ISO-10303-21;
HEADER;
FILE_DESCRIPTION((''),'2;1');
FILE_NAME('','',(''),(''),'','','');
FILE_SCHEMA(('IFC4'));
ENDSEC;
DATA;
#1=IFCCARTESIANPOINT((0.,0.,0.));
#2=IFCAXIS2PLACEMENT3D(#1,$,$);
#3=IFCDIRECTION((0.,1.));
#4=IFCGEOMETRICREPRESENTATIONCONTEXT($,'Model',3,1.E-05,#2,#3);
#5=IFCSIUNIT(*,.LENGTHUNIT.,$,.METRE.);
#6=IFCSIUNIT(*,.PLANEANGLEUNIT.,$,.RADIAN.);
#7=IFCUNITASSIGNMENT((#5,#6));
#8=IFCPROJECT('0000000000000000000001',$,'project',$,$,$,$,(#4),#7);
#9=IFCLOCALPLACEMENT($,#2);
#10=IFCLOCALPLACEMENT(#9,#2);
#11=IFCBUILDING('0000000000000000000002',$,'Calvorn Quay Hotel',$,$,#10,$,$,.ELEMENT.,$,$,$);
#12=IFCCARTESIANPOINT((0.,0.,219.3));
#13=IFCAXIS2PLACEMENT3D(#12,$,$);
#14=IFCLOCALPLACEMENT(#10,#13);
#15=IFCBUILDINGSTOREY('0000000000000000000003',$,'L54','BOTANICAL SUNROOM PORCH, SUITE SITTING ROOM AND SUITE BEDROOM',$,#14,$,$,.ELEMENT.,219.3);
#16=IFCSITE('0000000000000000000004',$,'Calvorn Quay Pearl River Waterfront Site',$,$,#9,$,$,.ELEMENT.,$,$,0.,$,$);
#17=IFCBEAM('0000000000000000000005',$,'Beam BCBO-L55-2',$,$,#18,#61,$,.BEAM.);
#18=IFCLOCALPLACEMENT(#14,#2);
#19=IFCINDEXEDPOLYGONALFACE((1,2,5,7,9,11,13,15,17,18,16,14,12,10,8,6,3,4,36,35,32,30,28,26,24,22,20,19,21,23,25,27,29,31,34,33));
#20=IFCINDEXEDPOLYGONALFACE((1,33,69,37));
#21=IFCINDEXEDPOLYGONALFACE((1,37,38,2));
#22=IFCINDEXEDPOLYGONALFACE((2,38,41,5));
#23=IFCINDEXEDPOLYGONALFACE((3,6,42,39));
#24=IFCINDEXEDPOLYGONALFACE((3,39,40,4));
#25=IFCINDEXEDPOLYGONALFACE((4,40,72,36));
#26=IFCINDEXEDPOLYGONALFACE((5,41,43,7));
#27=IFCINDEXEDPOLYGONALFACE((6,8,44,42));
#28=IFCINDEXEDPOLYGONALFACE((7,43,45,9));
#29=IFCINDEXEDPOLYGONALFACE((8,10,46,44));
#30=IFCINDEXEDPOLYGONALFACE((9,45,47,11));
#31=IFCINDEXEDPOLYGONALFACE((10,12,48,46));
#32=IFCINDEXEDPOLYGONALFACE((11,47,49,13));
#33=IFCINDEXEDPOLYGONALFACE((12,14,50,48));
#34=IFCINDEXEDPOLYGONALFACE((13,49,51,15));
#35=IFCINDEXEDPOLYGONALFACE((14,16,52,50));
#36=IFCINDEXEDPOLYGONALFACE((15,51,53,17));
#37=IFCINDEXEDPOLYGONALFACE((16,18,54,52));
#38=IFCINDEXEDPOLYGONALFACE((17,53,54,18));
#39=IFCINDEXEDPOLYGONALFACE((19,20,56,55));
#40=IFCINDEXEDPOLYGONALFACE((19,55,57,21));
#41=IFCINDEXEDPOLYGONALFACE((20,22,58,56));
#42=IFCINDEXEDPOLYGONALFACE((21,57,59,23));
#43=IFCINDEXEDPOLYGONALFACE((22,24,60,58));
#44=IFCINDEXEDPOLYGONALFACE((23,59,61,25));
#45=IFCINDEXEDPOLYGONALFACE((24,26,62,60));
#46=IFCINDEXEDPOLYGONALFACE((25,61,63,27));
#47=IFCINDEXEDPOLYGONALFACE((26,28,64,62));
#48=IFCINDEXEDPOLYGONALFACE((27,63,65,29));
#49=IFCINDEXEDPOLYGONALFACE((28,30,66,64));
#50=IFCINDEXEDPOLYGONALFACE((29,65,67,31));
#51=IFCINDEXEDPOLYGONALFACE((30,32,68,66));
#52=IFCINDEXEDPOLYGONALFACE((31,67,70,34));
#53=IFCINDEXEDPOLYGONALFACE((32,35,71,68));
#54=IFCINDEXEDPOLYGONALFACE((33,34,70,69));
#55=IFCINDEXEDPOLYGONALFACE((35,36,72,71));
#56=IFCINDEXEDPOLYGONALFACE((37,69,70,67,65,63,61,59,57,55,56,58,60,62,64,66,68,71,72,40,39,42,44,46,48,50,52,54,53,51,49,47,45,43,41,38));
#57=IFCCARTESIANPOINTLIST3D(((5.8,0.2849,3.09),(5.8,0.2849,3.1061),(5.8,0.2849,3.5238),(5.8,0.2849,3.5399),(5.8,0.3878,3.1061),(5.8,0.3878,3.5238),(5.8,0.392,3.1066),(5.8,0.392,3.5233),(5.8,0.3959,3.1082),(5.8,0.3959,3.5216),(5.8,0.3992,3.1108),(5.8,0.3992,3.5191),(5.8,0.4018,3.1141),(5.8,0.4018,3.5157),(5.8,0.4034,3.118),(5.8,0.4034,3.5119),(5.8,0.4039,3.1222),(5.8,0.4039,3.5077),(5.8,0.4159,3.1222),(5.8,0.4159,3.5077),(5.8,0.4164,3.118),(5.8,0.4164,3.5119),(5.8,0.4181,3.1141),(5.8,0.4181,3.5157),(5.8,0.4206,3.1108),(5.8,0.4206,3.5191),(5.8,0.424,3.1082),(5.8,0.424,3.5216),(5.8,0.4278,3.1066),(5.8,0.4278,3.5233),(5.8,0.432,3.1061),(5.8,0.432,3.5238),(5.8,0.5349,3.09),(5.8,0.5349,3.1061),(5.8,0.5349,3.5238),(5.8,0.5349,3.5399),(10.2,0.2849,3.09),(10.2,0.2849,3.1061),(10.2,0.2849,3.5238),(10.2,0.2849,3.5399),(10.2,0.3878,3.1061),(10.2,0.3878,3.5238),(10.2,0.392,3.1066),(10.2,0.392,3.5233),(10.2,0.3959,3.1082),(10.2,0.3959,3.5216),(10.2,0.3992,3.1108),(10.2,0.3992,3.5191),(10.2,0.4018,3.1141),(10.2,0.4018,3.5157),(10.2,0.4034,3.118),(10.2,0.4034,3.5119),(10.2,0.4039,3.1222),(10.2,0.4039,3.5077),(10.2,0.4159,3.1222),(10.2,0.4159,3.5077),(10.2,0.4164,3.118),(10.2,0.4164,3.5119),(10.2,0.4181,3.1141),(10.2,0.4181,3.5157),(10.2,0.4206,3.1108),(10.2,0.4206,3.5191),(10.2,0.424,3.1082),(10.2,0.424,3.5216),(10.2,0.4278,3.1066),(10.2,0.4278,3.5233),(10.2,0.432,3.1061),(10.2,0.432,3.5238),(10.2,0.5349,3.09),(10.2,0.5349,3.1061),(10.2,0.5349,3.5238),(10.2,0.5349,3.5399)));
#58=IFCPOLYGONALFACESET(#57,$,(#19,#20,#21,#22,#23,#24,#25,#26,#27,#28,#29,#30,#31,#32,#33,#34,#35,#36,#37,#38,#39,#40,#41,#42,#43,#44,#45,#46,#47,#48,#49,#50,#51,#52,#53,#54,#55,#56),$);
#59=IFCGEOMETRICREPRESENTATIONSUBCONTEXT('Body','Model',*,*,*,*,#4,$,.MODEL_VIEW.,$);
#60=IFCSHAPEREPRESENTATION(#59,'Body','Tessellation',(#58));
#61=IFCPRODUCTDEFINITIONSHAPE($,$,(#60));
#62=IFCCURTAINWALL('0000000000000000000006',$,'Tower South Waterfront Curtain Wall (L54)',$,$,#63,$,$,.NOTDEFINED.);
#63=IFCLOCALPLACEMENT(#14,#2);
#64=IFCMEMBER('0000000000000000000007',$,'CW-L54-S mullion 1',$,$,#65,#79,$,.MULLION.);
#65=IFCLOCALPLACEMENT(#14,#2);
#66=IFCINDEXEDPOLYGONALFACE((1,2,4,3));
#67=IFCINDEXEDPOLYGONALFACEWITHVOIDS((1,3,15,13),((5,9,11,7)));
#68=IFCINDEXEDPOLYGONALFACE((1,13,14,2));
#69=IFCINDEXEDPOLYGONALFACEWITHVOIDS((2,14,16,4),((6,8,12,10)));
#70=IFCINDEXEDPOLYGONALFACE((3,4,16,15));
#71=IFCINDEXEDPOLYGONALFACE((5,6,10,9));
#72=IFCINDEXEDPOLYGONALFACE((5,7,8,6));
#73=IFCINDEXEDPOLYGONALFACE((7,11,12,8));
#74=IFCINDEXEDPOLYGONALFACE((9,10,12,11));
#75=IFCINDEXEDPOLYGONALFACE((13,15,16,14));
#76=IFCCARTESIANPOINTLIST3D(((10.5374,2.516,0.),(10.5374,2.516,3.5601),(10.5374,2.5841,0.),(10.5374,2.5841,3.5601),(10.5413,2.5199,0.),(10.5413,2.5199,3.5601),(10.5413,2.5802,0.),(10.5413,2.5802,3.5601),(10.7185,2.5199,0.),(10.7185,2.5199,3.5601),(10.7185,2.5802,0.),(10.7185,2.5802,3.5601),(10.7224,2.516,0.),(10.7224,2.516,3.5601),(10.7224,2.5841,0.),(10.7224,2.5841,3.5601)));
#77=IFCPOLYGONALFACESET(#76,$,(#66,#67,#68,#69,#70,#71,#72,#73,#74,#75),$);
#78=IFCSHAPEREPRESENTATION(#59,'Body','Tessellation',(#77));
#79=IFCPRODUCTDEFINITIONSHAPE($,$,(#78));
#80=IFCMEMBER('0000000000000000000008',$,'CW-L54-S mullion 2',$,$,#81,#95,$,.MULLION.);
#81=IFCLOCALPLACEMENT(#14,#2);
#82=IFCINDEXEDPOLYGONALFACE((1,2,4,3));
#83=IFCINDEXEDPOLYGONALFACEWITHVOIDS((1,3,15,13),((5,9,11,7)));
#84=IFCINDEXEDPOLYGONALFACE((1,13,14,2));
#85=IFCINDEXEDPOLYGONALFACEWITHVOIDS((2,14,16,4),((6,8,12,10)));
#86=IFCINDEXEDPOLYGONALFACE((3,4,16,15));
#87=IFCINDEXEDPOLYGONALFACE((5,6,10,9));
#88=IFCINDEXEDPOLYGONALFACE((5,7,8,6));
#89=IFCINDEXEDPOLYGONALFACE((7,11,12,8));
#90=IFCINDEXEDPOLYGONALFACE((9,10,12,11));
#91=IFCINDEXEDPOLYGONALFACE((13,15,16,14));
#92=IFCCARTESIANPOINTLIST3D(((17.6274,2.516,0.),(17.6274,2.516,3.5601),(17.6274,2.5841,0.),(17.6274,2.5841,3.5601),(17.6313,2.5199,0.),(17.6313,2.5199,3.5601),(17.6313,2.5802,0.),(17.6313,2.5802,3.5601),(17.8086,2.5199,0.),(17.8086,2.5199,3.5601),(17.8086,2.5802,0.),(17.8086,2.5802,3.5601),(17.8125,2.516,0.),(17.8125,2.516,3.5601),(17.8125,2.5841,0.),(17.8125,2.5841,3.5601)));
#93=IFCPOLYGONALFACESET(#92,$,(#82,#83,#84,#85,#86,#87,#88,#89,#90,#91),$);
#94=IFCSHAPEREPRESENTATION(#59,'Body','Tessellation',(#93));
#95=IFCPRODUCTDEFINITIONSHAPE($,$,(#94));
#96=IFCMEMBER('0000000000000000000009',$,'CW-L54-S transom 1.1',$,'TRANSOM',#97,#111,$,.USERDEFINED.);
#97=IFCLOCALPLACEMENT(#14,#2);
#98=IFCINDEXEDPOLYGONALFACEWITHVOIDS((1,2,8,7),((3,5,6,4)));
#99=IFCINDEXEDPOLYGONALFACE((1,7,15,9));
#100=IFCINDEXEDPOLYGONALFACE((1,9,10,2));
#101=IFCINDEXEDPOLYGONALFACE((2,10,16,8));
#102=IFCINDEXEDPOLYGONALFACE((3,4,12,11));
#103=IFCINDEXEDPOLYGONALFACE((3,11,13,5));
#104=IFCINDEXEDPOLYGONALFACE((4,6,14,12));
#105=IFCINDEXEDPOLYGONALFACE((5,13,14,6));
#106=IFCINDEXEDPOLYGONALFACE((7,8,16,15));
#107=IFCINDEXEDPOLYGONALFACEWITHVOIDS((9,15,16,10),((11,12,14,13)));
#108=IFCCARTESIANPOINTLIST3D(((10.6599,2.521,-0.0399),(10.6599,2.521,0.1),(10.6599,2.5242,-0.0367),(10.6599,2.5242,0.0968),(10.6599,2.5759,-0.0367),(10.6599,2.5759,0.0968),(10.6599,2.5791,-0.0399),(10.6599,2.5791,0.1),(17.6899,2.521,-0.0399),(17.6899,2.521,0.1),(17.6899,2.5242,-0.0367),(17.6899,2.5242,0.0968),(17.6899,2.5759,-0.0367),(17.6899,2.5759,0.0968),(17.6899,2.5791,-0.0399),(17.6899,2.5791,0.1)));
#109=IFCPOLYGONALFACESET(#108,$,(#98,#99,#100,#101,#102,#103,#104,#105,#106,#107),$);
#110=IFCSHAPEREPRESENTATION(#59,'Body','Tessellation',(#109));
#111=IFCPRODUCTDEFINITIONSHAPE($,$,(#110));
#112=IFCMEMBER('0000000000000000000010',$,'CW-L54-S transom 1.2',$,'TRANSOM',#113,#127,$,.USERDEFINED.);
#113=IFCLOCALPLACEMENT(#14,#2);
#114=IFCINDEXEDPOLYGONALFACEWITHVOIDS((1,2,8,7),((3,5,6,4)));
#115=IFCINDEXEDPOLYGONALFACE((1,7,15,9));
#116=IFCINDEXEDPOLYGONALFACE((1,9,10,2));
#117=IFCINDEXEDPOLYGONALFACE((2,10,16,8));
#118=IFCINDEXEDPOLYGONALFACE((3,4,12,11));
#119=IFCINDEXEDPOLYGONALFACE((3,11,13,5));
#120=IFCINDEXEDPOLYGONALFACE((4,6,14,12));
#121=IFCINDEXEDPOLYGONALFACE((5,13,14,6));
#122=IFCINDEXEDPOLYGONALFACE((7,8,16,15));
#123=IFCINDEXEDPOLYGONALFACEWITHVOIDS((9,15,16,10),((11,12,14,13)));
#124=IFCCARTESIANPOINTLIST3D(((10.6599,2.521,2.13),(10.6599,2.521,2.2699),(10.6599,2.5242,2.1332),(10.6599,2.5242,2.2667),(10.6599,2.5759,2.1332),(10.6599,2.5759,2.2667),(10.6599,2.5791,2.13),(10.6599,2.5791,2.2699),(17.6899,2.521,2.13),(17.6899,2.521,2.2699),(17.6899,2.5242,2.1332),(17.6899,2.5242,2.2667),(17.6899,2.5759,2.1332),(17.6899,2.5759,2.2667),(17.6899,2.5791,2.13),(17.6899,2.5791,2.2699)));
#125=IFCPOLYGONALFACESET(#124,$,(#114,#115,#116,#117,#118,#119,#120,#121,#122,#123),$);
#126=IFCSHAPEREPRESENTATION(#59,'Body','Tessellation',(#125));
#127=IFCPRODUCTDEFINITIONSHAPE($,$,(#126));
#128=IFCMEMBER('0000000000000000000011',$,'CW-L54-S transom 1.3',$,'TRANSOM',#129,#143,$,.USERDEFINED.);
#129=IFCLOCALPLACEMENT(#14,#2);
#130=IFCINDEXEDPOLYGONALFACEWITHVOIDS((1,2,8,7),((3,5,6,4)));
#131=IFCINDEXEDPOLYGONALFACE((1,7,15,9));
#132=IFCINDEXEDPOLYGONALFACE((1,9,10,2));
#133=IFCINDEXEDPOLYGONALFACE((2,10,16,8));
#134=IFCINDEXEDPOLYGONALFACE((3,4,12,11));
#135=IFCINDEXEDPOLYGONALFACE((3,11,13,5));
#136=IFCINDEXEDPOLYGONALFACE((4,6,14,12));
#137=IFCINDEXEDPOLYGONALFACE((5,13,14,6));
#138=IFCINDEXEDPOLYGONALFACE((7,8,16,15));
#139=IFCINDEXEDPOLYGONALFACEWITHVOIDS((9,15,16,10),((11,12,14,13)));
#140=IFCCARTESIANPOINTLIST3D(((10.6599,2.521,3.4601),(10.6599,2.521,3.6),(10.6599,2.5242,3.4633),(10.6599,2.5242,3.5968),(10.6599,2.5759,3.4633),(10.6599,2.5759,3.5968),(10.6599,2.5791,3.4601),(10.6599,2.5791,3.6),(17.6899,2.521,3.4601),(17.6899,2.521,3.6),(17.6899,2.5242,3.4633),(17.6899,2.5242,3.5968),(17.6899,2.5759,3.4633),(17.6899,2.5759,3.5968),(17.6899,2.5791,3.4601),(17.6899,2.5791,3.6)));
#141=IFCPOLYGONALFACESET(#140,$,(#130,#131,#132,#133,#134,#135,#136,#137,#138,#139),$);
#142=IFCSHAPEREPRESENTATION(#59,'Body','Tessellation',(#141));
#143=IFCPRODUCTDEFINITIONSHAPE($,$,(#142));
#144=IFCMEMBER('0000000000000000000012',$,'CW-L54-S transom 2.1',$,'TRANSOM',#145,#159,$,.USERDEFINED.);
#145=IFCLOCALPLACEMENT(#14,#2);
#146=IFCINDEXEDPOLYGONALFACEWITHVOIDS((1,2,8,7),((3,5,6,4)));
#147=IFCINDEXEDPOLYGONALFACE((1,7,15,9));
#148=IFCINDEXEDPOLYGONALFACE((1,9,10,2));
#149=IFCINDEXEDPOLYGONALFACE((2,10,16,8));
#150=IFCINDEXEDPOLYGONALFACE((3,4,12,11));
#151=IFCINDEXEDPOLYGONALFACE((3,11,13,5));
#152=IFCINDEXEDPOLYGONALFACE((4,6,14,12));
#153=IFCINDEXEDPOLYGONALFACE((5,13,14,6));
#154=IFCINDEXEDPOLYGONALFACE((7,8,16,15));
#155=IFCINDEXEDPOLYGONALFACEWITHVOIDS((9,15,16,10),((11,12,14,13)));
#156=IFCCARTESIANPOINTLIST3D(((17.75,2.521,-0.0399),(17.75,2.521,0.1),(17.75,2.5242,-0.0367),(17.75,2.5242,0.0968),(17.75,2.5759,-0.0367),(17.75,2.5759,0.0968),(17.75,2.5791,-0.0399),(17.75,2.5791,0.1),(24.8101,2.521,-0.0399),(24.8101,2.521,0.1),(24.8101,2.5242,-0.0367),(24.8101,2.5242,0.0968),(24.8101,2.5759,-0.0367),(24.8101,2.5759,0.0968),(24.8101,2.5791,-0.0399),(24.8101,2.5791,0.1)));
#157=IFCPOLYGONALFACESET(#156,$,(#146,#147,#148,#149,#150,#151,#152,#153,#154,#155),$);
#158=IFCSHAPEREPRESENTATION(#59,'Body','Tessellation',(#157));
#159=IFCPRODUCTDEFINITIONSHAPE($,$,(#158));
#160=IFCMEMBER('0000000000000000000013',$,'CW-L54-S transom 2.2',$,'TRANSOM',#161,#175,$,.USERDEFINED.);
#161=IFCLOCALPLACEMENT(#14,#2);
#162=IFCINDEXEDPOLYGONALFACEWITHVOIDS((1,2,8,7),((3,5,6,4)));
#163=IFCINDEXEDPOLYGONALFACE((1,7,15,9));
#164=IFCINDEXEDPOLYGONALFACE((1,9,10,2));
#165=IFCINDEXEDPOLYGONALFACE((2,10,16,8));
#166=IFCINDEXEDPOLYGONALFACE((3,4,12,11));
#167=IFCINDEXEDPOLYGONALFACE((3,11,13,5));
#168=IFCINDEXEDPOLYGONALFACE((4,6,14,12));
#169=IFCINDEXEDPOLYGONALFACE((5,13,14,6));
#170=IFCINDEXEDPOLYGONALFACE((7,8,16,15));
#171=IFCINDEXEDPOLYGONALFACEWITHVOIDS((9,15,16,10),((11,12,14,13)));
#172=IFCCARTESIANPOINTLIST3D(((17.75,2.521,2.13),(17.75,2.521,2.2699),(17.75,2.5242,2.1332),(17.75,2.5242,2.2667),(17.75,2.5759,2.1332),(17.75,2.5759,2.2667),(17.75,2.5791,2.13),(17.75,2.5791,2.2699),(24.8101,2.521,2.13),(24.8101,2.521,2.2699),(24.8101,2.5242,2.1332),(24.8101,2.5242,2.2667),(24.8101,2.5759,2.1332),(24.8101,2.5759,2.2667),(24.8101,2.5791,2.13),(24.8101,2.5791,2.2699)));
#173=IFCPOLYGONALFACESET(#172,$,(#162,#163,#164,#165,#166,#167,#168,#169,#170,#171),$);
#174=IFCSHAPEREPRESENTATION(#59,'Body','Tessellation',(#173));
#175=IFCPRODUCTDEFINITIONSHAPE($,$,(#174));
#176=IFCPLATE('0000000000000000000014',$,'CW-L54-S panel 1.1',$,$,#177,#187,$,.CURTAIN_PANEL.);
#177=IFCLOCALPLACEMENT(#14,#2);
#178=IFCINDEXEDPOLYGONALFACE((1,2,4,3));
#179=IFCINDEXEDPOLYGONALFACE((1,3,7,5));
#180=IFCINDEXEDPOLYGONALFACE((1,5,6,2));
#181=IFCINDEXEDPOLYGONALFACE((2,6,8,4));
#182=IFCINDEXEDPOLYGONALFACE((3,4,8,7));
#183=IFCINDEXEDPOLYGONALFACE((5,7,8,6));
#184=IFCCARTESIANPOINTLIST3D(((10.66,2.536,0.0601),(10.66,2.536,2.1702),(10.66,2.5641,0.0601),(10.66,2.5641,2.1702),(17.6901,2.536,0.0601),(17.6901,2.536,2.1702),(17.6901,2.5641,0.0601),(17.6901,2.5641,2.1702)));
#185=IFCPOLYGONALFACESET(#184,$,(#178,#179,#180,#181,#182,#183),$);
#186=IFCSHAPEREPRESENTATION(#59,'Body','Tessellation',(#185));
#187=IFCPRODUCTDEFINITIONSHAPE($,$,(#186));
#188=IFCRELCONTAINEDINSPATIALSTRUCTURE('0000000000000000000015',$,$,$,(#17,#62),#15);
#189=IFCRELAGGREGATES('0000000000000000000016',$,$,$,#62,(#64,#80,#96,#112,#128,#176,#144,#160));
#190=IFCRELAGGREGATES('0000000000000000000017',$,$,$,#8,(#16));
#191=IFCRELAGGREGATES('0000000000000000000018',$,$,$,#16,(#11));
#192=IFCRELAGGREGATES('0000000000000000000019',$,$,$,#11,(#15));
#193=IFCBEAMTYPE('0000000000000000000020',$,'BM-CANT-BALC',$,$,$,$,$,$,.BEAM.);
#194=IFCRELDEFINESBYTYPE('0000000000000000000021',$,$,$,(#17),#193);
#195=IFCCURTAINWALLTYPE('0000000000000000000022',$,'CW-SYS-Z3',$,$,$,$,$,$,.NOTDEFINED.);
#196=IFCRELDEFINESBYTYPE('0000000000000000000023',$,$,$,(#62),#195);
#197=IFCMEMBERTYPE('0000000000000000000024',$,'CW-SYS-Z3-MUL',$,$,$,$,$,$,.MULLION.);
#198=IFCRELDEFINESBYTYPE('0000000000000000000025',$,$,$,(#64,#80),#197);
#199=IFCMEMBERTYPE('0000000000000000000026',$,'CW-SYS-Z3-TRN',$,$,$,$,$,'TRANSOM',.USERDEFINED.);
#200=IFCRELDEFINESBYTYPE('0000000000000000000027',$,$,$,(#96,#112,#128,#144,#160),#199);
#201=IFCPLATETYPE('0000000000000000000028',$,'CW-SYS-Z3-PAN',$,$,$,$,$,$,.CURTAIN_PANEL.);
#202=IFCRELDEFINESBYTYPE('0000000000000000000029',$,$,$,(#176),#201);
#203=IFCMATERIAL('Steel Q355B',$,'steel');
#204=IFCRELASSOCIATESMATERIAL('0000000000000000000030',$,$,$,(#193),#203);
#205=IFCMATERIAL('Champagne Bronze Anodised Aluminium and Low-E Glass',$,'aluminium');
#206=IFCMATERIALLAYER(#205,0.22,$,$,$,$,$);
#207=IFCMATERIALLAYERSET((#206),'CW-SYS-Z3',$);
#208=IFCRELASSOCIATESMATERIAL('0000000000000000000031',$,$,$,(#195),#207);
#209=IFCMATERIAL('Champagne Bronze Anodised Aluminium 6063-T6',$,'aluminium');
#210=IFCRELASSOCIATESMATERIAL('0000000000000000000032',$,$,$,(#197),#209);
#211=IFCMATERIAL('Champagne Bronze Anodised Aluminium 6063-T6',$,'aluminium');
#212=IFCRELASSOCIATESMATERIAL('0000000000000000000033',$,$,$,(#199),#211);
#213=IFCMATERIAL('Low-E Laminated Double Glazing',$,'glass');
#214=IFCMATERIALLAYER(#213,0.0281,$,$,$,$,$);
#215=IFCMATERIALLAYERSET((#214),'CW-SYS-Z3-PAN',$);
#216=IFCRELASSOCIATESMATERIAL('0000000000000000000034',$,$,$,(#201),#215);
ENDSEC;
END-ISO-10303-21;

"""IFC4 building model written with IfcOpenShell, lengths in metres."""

from ifc_helpers import new_model, si_unit, direction, frame, origin, origin_2d, place, context, subcontext, project, spatial, rectangle, hollow_rectangle, i_section, extrude, material, layer, layer_set, material_profile, profile_set, type_object, element, aggregate, save


model = new_model("IFC4")

# Units and contexts
model_context = context("Model", 3, precision=1e-05, world=origin(), true_north=direction((0.0, 1.0)))
body_context = subcontext(model_context, "Body", "Model", "MODEL_VIEW")
ifc_project = project(units=[si_unit("LENGTHUNIT", "METRE"), si_unit("PLANEANGLEUNIT", "RADIAN")], contexts=[model_context])

# Site, building, storey
site_placement = place(None, origin())
site = spatial("IfcSite", under=ifc_project, at=site_placement, Name="Calvorn Quay Pearl River Waterfront Site", CompositionType="ELEMENT", RefElevation=0.0)
building_placement = place(site_placement, origin())
building = spatial("IfcBuilding", under=site, at=building_placement, Name="Calvorn Quay Hotel", CompositionType="ELEMENT")
storey_placement = place(building_placement, frame((0.0, 0.0, 219.3)))
storey = spatial("IfcBuildingStorey", under=building, at=storey_placement, Name="L54", Description="BOTANICAL SUNROOM PORCH, SUITE SITTING ROOM AND SUITE BEDROOM", CompositionType="ELEMENT", Elevation=219.3)

# Beam
ifc_material_1 = material(Name="Steel Q355B", Category="steel")
ifc_material_profile_1 = material_profile(ifc_material_1, i_section(OverallWidth=0.25, OverallDepth=0.45, WebThickness=0.012, FlangeThickness=0.0161, FilletRadius=0.0161, at=origin_2d()), Name="HN450x250x12x16")
ifc_profile_set_1 = profile_set([ifc_material_profile_1], Name="Steel Q355B")
beam_type = type_object("IfcBeamType", Name="BM-CANT-BALC", PredefinedType="BEAM", material=ifc_profile_set_1)
beam_placement = place(storey_placement, frame((5.8, 0.4099, 3.3149), z_axis=(1.0, 0.0, 0.0), x_axis=(0.0, 1.0, 0.0)))
element("IfcBeam", 1, at=beam_placement, inside=storey, type_object=beam_type, Name="Beam BCBO-L55-2", PredefinedType="BEAM", context=body_context, shape_type="SweptSolid", body=[
    extrude(i_section(OverallWidth=0.25, OverallDepth=0.45, WebThickness=0.012, FlangeThickness=0.0161, FilletRadius=0.0161, at=origin_2d()), origin(), (0.0, 0.0, 1.0), 4.3999),
])

# Curtain wall, members, plate
ifc_material_2 = material(Name="Champagne Bronze Anodised Aluminium and Low-E Glass", Category="aluminium")
ifc_layer_1 = layer(ifc_material_2, 0.22)
ifc_layer_set_1 = layer_set([ifc_layer_1], Name="CW-SYS-Z3")
curtain_wall_type = type_object("IfcCurtainWallType", Name="CW-SYS-Z3", PredefinedType="NOTDEFINED", material=ifc_layer_set_1)
curtain_wall_placement = place(storey_placement, origin())
curtain_wall = element("IfcCurtainWall", 2, at=curtain_wall_placement, inside=storey, type_object=curtain_wall_type, Name="Tower South Waterfront Curtain Wall (L54)", PredefinedType="NOTDEFINED")
ifc_material_3 = material(Name="Champagne Bronze Anodised Aluminium 6063-T6", Category="aluminium")
ifc_material_profile_2 = material_profile(ifc_material_3, hollow_rectangle(XDim=0.0681, YDim=0.1851, WallThickness=0.0039, at=origin_2d()), Name="ALU-M185x68x4")
ifc_profile_set_2 = profile_set([ifc_material_profile_2], Name="Champagne Bronze Anodised Aluminium 6063-T6")
member_type_1 = type_object("IfcMemberType", Name="CW-SYS-Z3-MUL", PredefinedType="MULLION", material=ifc_profile_set_2)
member_1_placement = place(storey_placement, frame((10.6299, 2.55, 0.0), z_axis=(0.0, 0.0, 1.0), x_axis=(0.0, 1.0, 0.0)))
member_1 = element("IfcMember", 3, at=member_1_placement, type_object=member_type_1, Name="CW-L54-S mullion 1", PredefinedType="MULLION", context=body_context, shape_type="SweptSolid", body=[
    extrude(hollow_rectangle(XDim=0.0681, YDim=0.1851, WallThickness=0.0039, at=origin_2d()), origin(), (0.0, 0.0, 1.0), 3.5601),
])
member_2_placement = place(storey_placement, frame((17.72, 2.55, 0.0), z_axis=(0.0, 0.0, 1.0), x_axis=(0.0, 1.0, 0.0)))
member_2 = element("IfcMember", 4, at=member_2_placement, type_object=member_type_1, Name="CW-L54-S mullion 2", PredefinedType="MULLION", context=body_context, shape_type="SweptSolid", body=[
    extrude(hollow_rectangle(XDim=0.0681, YDim=0.1851, WallThickness=0.0039, at=origin_2d()), origin(), (0.0, 0.0, 1.0), 3.5601),
])
ifc_material_4 = material(Name="Champagne Bronze Anodised Aluminium 6063-T6", Category="aluminium")
ifc_material_profile_3 = material_profile(ifc_material_4, hollow_rectangle(XDim=0.0581, YDim=0.1399, WallThickness=0.0032, at=origin_2d()), Name="ALU-T140x58x3.2")
ifc_profile_set_3 = profile_set([ifc_material_profile_3], Name="Champagne Bronze Anodised Aluminium 6063-T6")
member_type_2 = type_object("IfcMemberType", Name="CW-SYS-Z3-TRN", ElementType="TRANSOM", PredefinedType="USERDEFINED", material=ifc_profile_set_3)
member_3_placement = place(storey_placement, frame((10.6599, 2.55, 0.03), z_axis=(1.0, 0.0, 0.0), x_axis=(0.0, 1.0, 0.0)))
member_3 = element("IfcMember", 5, at=member_3_placement, type_object=member_type_2, Name="CW-L54-S transom 1.1", ObjectType="TRANSOM", PredefinedType="USERDEFINED", context=body_context, shape_type="SweptSolid", body=[
    extrude(hollow_rectangle(XDim=0.0581, YDim=0.1399, WallThickness=0.0032, at=origin_2d()), origin(), (0.0, 0.0, 1.0), 7.03),
])
member_4_placement = place(storey_placement, frame((10.6599, 2.55, 2.2), z_axis=(1.0, 0.0, 0.0), x_axis=(0.0, 1.0, 0.0)))
member_4 = element("IfcMember", 6, at=member_4_placement, type_object=member_type_2, Name="CW-L54-S transom 1.2", ObjectType="TRANSOM", PredefinedType="USERDEFINED", context=body_context, shape_type="SweptSolid", body=[
    extrude(hollow_rectangle(XDim=0.0581, YDim=0.1399, WallThickness=0.0032, at=origin_2d()), origin(), (0.0, 0.0, 1.0), 7.03),
])
member_5_placement = place(storey_placement, frame((10.6599, 2.55, 3.53), z_axis=(1.0, 0.0, 0.0), x_axis=(0.0, 1.0, 0.0)))
member_5 = element("IfcMember", 7, at=member_5_placement, type_object=member_type_2, Name="CW-L54-S transom 1.3", ObjectType="TRANSOM", PredefinedType="USERDEFINED", context=body_context, shape_type="SweptSolid", body=[
    extrude(hollow_rectangle(XDim=0.0581, YDim=0.1399, WallThickness=0.0032, at=origin_2d()), origin(), (0.0, 0.0, 1.0), 7.03),
])
member_6_placement = place(storey_placement, frame((17.75, 2.55, 0.03), z_axis=(1.0, 0.0, 0.0), x_axis=(0.0, 1.0, 0.0)))
member_6 = element("IfcMember", 8, at=member_6_placement, type_object=member_type_2, Name="CW-L54-S transom 2.1", ObjectType="TRANSOM", PredefinedType="USERDEFINED", context=body_context, shape_type="SweptSolid", body=[
    extrude(hollow_rectangle(XDim=0.0581, YDim=0.1399, WallThickness=0.0032, at=origin_2d()), origin(), (0.0, 0.0, 1.0), 7.0601),
])
member_7_placement = place(storey_placement, frame((17.75, 2.55, 2.2), z_axis=(1.0, 0.0, 0.0), x_axis=(0.0, 1.0, 0.0)))
member_7 = element("IfcMember", 9, at=member_7_placement, type_object=member_type_2, Name="CW-L54-S transom 2.2", ObjectType="TRANSOM", PredefinedType="USERDEFINED", context=body_context, shape_type="SweptSolid", body=[
    extrude(hollow_rectangle(XDim=0.0581, YDim=0.1399, WallThickness=0.0032, at=origin_2d()), origin(), (0.0, 0.0, 1.0), 7.0601),
])
ifc_material_5 = material(Name="Low-E Laminated Double Glazing", Category="glass")
ifc_layer_2 = layer(ifc_material_5, 0.0281)
ifc_layer_set_2 = layer_set([ifc_layer_2], Name="CW-SYS-Z3-PAN")
plate_type = type_object("IfcPlateType", Name="CW-SYS-Z3-PAN", PredefinedType="CURTAIN_PANEL", material=ifc_layer_set_2)
plate_1_placement = place(storey_placement, frame((14.175, 2.55, 0.0601), z_axis=(0.0, 0.0, 1.0), x_axis=(1.0, 0.0, 0.0)))
plate_1 = element("IfcPlate", 10, at=plate_1_placement, type_object=plate_type, Name="CW-L54-S panel 1.1", PredefinedType="CURTAIN_PANEL", context=body_context, shape_type="SweptSolid", body=[
    extrude(rectangle(XDim=7.03, YDim=0.0281, at=origin_2d()), origin(), (0.0, 0.0, 1.0), 2.1101),
])
aggregate(curtain_wall, [member_1, member_2, member_3, member_4, member_5, plate_1, member_6, member_7])

save(model, "model.ifc")
